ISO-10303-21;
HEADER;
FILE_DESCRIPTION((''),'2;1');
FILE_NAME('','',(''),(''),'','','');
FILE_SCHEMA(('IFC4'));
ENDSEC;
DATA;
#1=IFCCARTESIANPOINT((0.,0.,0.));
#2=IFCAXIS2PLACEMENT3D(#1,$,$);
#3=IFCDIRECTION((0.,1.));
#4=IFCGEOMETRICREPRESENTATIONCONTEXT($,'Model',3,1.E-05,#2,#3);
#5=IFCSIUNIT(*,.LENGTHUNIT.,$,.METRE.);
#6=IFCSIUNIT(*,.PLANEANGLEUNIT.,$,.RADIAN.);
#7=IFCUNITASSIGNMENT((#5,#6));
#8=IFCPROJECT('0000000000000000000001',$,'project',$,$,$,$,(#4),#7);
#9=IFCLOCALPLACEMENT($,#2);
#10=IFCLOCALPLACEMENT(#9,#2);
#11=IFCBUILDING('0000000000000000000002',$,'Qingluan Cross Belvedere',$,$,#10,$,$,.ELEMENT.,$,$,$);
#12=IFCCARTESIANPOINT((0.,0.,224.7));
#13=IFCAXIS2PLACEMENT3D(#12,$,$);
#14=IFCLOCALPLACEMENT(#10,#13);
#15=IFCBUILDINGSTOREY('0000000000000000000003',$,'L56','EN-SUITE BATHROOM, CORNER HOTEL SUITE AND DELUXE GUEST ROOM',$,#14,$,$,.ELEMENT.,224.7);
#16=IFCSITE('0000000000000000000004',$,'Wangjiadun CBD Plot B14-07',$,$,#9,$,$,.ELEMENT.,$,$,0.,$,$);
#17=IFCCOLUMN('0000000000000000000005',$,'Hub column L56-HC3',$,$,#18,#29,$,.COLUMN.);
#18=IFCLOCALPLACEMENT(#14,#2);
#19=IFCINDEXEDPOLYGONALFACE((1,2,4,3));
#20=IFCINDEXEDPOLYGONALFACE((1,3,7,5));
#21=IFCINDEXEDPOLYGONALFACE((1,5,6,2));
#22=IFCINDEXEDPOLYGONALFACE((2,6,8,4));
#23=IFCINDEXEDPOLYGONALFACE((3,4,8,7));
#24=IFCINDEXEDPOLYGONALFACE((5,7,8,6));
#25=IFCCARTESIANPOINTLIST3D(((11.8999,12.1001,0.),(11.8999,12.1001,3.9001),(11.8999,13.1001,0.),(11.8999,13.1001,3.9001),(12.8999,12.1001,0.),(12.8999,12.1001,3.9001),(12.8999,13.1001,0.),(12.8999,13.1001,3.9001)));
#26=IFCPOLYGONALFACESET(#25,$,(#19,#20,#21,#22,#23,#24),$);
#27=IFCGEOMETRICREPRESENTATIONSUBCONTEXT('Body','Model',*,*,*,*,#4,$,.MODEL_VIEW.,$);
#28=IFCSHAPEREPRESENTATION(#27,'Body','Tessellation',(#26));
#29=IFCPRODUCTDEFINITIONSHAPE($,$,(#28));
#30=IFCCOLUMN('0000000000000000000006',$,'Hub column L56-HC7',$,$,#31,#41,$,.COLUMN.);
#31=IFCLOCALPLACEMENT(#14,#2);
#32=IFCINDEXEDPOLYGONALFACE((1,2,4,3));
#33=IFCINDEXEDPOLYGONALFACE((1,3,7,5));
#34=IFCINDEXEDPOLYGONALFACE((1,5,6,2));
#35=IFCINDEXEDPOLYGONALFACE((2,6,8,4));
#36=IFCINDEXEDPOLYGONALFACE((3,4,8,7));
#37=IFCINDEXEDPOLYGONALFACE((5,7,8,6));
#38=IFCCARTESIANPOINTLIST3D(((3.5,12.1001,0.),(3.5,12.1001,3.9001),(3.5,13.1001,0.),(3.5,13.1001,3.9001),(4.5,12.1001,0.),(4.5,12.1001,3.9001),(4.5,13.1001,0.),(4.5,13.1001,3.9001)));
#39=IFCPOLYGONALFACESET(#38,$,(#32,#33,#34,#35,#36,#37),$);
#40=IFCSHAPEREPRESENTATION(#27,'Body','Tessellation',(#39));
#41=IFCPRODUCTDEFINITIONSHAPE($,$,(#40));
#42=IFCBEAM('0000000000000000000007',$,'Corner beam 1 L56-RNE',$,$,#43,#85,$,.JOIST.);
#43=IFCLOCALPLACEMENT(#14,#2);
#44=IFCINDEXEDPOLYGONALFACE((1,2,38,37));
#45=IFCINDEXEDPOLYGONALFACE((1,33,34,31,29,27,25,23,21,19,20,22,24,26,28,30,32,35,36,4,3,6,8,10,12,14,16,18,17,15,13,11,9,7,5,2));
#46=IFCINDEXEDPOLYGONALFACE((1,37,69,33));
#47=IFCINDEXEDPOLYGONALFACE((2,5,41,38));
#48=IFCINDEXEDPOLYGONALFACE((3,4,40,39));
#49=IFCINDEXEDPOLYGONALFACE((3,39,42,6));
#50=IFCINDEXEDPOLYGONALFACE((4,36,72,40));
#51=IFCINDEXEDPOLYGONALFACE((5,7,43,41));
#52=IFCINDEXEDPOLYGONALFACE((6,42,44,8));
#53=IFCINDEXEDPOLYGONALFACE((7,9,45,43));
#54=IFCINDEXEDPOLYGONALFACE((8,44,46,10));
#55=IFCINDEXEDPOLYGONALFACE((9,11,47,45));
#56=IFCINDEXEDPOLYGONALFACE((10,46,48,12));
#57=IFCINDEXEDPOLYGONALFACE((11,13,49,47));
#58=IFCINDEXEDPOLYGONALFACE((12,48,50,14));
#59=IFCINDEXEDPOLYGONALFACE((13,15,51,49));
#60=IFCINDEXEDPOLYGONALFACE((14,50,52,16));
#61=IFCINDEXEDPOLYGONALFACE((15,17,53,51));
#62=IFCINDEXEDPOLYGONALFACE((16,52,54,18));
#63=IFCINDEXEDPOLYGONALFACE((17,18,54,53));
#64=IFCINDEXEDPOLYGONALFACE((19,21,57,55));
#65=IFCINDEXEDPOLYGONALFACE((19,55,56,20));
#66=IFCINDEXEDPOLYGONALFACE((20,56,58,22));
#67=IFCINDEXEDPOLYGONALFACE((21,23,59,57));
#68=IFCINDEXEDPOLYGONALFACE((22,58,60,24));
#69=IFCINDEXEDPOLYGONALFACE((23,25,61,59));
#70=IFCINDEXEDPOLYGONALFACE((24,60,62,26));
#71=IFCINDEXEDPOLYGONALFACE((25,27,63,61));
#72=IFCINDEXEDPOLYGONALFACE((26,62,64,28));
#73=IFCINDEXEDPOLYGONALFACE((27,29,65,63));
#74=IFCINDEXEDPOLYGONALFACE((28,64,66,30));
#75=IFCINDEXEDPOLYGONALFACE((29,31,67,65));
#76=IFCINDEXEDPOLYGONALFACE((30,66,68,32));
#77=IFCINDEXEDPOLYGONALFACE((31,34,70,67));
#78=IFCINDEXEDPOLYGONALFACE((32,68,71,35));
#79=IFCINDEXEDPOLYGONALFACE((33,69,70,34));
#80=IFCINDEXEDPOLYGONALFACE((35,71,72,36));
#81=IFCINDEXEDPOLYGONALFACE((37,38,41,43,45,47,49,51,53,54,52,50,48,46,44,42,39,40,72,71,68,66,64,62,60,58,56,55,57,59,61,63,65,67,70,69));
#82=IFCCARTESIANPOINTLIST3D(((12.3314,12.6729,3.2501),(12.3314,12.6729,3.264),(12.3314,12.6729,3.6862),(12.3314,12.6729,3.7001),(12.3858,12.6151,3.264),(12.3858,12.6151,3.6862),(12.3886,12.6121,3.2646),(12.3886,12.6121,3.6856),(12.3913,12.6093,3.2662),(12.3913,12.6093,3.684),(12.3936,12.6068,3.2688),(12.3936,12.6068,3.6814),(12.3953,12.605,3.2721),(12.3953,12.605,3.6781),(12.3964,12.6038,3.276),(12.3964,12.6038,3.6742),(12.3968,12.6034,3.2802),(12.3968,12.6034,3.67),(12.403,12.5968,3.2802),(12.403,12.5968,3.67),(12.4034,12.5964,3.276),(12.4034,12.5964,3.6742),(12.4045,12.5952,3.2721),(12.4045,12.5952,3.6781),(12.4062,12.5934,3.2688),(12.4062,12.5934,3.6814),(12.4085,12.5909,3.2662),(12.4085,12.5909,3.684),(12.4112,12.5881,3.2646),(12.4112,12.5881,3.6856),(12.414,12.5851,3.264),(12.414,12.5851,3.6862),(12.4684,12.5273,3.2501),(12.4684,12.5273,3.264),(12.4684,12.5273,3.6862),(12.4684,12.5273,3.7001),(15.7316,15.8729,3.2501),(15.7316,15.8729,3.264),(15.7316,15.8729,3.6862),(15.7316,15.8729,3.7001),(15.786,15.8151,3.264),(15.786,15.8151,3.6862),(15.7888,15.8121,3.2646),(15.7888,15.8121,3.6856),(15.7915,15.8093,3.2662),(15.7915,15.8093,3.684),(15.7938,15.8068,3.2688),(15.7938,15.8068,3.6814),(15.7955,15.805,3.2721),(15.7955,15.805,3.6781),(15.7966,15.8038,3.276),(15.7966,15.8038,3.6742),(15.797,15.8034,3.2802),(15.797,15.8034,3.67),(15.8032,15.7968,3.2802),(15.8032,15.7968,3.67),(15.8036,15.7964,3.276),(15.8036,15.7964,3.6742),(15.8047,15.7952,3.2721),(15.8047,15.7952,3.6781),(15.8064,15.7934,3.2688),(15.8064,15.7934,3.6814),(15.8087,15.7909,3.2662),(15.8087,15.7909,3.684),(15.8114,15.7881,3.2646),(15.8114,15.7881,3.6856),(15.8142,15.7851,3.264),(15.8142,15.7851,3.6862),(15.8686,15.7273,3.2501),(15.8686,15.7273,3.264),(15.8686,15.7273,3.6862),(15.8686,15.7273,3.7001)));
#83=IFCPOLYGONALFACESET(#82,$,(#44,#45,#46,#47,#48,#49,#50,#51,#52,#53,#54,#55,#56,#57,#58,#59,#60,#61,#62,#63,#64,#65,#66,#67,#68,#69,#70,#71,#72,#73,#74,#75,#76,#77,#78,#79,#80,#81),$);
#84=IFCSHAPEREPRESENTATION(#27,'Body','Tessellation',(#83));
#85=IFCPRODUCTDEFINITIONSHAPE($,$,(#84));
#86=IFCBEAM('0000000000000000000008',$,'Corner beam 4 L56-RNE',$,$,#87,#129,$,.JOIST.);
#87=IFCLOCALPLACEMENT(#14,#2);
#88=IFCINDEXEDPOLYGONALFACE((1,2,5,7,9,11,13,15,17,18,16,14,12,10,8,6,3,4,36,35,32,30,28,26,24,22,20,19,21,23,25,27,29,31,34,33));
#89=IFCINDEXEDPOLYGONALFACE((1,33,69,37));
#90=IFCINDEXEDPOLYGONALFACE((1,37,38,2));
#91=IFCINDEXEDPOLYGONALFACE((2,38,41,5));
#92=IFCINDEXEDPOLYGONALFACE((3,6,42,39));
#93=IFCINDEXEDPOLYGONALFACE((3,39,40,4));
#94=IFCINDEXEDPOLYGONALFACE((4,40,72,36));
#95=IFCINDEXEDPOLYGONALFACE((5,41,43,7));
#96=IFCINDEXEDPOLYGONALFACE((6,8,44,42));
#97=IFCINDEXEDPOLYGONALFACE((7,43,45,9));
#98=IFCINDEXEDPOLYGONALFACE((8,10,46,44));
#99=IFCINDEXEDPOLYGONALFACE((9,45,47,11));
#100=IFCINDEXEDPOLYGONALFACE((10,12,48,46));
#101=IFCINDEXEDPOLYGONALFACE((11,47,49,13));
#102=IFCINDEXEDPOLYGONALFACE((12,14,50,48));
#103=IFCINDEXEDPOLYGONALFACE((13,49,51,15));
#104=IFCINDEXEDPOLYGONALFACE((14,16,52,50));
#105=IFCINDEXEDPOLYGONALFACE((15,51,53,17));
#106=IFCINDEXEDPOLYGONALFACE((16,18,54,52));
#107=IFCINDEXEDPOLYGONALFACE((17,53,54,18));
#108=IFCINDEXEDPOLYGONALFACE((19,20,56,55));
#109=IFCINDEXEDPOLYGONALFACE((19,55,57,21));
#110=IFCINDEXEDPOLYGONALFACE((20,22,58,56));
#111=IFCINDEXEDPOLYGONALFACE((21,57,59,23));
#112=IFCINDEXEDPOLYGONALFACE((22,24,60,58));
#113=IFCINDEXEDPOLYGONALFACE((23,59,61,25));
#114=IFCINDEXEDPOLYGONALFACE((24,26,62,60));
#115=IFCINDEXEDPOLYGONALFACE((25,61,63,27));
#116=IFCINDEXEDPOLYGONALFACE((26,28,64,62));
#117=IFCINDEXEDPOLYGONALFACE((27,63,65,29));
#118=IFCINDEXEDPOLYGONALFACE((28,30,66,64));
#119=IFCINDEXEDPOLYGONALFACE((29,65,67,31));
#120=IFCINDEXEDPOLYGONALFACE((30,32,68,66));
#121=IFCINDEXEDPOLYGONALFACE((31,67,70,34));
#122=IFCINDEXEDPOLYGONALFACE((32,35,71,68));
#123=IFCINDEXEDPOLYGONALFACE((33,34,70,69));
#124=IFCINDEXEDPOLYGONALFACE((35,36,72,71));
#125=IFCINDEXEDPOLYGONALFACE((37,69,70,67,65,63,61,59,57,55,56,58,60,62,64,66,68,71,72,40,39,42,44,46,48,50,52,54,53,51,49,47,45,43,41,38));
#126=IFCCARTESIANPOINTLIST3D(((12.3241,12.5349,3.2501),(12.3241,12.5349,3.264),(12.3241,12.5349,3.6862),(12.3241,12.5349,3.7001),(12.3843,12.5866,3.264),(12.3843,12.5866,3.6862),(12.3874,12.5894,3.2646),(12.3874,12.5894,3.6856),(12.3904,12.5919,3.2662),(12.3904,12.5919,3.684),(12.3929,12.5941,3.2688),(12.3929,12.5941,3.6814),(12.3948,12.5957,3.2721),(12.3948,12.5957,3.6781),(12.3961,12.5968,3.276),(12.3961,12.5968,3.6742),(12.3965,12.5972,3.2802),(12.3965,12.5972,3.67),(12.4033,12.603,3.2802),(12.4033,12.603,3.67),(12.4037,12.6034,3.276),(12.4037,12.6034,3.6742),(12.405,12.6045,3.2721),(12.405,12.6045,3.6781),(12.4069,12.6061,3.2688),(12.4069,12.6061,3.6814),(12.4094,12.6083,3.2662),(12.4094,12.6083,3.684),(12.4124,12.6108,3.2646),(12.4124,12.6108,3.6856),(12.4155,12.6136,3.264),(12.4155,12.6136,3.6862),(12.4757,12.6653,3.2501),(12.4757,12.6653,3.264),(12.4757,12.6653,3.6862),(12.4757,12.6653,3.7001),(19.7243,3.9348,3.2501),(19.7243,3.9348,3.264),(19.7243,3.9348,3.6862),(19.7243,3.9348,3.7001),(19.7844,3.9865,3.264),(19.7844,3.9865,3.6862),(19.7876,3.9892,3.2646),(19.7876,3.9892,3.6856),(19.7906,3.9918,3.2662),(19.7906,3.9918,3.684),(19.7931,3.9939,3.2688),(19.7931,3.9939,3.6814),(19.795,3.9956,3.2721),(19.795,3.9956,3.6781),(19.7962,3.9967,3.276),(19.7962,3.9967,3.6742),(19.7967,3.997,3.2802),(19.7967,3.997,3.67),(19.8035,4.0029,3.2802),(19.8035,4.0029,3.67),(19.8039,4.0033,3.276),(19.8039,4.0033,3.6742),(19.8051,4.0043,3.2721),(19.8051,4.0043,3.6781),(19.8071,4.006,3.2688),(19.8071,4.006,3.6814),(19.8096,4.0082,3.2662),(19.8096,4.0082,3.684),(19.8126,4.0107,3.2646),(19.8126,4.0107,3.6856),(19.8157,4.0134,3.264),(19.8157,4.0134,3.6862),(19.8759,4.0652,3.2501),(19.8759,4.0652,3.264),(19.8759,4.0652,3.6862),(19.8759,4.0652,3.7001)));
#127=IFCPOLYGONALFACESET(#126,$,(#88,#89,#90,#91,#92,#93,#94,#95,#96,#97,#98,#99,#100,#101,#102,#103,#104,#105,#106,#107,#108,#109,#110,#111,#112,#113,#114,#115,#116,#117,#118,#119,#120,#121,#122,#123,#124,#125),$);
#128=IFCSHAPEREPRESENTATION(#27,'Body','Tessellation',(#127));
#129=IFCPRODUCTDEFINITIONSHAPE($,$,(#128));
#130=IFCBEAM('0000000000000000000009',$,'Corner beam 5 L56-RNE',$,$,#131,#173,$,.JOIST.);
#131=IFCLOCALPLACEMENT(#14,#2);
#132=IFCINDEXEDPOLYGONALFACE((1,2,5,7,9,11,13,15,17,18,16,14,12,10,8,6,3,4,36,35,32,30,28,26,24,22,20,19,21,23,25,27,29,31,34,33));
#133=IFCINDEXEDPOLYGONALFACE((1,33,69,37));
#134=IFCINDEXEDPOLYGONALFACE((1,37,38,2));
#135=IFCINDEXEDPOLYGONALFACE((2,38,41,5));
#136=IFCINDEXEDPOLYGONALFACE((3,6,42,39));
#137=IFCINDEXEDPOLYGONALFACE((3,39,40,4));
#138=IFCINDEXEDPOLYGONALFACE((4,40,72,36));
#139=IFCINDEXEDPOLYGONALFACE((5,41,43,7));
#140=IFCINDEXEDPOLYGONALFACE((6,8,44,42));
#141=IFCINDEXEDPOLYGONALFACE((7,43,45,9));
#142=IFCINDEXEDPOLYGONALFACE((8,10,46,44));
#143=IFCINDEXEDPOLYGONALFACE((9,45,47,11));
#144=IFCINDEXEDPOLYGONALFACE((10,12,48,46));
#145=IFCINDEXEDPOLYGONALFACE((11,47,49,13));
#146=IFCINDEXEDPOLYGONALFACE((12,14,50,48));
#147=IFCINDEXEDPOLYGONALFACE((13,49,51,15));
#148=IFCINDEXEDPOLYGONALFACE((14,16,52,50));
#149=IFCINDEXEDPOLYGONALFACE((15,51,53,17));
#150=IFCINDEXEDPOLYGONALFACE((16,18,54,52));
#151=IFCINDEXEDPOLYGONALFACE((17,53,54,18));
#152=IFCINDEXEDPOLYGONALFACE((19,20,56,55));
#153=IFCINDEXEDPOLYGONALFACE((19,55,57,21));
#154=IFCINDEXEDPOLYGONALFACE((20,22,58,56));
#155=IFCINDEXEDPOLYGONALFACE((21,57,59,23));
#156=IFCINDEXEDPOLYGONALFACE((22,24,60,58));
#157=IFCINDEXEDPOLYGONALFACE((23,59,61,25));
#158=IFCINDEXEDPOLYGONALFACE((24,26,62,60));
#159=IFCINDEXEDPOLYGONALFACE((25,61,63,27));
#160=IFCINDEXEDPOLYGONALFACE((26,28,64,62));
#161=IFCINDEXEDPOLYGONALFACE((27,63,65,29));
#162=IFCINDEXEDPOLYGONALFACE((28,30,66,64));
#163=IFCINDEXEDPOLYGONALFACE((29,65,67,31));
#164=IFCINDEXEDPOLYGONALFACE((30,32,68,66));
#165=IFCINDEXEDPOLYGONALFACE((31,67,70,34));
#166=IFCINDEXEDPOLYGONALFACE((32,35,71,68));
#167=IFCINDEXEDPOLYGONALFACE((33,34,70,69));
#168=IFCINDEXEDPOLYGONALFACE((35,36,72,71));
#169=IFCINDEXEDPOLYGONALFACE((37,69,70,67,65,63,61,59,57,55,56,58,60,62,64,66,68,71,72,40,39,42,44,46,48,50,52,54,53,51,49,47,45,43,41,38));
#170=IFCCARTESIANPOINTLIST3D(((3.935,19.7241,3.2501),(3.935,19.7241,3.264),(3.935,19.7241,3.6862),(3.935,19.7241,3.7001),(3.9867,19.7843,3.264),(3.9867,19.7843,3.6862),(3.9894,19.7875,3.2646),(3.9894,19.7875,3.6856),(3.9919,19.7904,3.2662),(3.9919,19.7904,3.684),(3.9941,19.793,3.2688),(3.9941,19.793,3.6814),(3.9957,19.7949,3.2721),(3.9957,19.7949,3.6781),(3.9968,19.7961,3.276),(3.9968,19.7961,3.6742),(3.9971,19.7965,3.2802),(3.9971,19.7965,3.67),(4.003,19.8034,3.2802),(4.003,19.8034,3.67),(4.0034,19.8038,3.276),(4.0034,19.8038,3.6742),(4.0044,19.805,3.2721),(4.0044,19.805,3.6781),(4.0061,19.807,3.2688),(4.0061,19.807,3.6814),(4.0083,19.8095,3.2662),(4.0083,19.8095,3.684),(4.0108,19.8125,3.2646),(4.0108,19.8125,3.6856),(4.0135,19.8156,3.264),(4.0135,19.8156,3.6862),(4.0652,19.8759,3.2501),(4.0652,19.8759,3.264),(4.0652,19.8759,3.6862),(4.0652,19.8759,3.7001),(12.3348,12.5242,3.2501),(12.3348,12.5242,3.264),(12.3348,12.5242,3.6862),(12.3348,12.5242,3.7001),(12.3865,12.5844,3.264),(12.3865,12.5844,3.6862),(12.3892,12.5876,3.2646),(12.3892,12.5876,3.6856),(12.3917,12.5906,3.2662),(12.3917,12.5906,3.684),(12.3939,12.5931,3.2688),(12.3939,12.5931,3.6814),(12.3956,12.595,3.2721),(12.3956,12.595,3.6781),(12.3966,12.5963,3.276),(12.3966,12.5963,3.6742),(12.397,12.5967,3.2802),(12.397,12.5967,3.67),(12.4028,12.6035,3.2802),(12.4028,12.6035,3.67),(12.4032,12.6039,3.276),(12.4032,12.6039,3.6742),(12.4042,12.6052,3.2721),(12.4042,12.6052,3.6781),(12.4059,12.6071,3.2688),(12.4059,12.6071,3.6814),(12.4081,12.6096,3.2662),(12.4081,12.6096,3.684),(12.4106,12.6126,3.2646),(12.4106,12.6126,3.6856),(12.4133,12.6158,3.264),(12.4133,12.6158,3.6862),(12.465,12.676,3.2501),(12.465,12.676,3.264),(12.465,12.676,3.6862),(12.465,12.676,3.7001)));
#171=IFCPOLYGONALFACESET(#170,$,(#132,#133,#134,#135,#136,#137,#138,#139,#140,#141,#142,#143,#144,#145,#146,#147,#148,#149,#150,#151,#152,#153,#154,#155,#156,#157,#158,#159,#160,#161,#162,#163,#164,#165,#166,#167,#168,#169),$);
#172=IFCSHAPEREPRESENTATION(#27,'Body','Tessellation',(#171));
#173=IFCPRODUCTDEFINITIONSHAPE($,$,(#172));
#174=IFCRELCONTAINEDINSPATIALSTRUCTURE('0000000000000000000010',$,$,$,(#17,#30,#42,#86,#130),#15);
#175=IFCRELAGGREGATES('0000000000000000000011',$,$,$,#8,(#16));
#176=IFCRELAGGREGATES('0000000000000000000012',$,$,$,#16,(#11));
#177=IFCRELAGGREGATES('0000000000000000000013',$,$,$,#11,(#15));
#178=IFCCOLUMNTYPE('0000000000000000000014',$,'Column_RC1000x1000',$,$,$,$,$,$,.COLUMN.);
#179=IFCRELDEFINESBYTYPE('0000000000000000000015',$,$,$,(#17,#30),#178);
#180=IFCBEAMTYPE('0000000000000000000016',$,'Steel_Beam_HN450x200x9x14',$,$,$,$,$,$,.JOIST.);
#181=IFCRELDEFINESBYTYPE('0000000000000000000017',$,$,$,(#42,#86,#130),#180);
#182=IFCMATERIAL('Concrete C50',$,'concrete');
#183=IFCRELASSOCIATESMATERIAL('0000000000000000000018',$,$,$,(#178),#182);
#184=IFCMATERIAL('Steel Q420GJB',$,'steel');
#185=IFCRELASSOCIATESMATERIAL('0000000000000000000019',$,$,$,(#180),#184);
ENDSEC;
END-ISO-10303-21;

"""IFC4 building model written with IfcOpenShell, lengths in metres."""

from ifc_helpers import new_model, si_unit, direction, frame, origin, origin_2d, place, context, subcontext, project, spatial, rectangle, i_section, extrude, material, material_profile, profile_set, type_object, element, save


model = new_model("IFC4")

# Units and contexts
model_context = context("Model", 3, precision=1e-05, world=origin(), true_north=direction((0.0, 1.0)))
body_context = subcontext(model_context, "Body", "Model", "MODEL_VIEW")
ifc_project = project(units=[si_unit("LENGTHUNIT", "METRE"), si_unit("PLANEANGLEUNIT", "RADIAN")], contexts=[model_context])

# Site, building, storey
site_placement = place(None, origin())
site = spatial("IfcSite", under=ifc_project, at=site_placement, Name="Wangjiadun CBD Plot B14-07", CompositionType="ELEMENT", RefElevation=0.0)
building_placement = place(site_placement, origin())
building = spatial("IfcBuilding", under=site, at=building_placement, Name="Qingluan Cross Belvedere", CompositionType="ELEMENT")
storey_placement = place(building_placement, frame((0.0, 0.0, 224.7)))
storey = spatial("IfcBuildingStorey", under=building, at=storey_placement, Name="L56", Description="EN-SUITE BATHROOM, CORNER HOTEL SUITE AND DELUXE GUEST ROOM", CompositionType="ELEMENT", Elevation=224.7)

# Columns
ifc_material_1 = material(Name="Concrete C50", Category="concrete")
ifc_material_profile_1 = material_profile(ifc_material_1, rectangle(XDim=1.0, YDim=1.0, at=origin_2d()), Name="RC1000x1000")
ifc_profile_set_1 = profile_set([ifc_material_profile_1], Name="Concrete C50")
column_type = type_object("IfcColumnType", Name="Column_RC1000x1000", PredefinedType="COLUMN", material=ifc_profile_set_1)
for number, where, z_axis, x_axis, name in (
    (1, (12.3999, 12.6001, 0.0), (0.0, 0.0, 1.0), (1.0, 0.0, 0.0), "Hub column L56-HC3"),
    (2, (4.0, 12.6001, 0.0), (0.0, 0.0, 1.0), (1.0, 0.0, 0.0), "Hub column L56-HC7"),
):
    element("IfcColumn", number, at=place(storey_placement, frame(where, z_axis=z_axis, x_axis=x_axis)), inside=storey, type_object=column_type, Name=name, PredefinedType="COLUMN", context=body_context, shape_type="SweptSolid", body=[
        extrude(rectangle(XDim=1.0, YDim=1.0, at=origin_2d()), origin(), (0.0, 0.0, 1.0), 3.9001),
    ])

# Beams
ifc_material_2 = material(Name="Steel Q420GJB", Category="steel")
ifc_material_profile_2 = material_profile(ifc_material_2, i_section(OverallWidth=0.2, OverallDepth=0.45, WebThickness=0.009, FlangeThickness=0.0139, FilletRadius=0.0161, at=origin_2d()), Name="HN450x200x9x14")
ifc_profile_set_2 = profile_set([ifc_material_profile_2], Name="Steel Q420GJB")
beam_type_1 = type_object("IfcBeamType", Name="Steel_Beam_HN450x200x9x14", PredefinedType="JOIST", material=ifc_profile_set_2)
beam_1_placement = place(storey_placement, frame((12.3999, 12.6001, 3.4751), z_axis=(0.72822, 0.685343, 0.0), x_axis=(-0.685343, 0.72822, 0.0)))
element("IfcBeam", 3, at=beam_1_placement, inside=storey, type_object=beam_type_1, Name="Corner beam 1 L56-RNE", PredefinedType="JOIST", context=body_context, shape_type="SweptSolid", body=[
    extrude(i_section(OverallWidth=0.2, OverallDepth=0.45, WebThickness=0.009, FlangeThickness=0.0139, FilletRadius=0.0161, at=origin_2d()), origin(), (0.0, 0.0, 1.0), 4.6692),
])
beam_2_placement = place(storey_placement, frame((12.3999, 12.6001, 3.4751), z_axis=(0.652245, -0.758008, 0.0), x_axis=(0.758008, 0.652245, 0.0)))
element("IfcBeam", 4, at=beam_2_placement, inside=storey, type_object=beam_type_1, Name="Corner beam 4 L56-RNE", PredefinedType="JOIST", context=body_context, shape_type="SweptSolid", body=[
    extrude(i_section(OverallWidth=0.2, OverallDepth=0.45, WebThickness=0.009, FlangeThickness=0.0139, FilletRadius=0.0161, at=origin_2d()), origin(), (0.0, 0.0, 1.0), 11.3457),
])
beam_3_placement = place(storey_placement, frame((12.3999, 12.6001, 3.4751), z_axis=(-0.759255, 0.650793, 0.0), x_axis=(-0.650793, -0.759255, 0.0)))
element("IfcBeam", 5, at=beam_3_placement, inside=storey, type_object=beam_type_1, Name="Corner beam 5 L56-RNE", PredefinedType="JOIST", context=body_context, shape_type="SweptSolid", body=[
    extrude(i_section(OverallWidth=0.2, OverallDepth=0.45, WebThickness=0.009, FlangeThickness=0.0139, FilletRadius=0.0161, at=origin_2d()), origin(), (0.0, 0.0, 1.0), 11.0632),
])

save(model, "model.ifc")
